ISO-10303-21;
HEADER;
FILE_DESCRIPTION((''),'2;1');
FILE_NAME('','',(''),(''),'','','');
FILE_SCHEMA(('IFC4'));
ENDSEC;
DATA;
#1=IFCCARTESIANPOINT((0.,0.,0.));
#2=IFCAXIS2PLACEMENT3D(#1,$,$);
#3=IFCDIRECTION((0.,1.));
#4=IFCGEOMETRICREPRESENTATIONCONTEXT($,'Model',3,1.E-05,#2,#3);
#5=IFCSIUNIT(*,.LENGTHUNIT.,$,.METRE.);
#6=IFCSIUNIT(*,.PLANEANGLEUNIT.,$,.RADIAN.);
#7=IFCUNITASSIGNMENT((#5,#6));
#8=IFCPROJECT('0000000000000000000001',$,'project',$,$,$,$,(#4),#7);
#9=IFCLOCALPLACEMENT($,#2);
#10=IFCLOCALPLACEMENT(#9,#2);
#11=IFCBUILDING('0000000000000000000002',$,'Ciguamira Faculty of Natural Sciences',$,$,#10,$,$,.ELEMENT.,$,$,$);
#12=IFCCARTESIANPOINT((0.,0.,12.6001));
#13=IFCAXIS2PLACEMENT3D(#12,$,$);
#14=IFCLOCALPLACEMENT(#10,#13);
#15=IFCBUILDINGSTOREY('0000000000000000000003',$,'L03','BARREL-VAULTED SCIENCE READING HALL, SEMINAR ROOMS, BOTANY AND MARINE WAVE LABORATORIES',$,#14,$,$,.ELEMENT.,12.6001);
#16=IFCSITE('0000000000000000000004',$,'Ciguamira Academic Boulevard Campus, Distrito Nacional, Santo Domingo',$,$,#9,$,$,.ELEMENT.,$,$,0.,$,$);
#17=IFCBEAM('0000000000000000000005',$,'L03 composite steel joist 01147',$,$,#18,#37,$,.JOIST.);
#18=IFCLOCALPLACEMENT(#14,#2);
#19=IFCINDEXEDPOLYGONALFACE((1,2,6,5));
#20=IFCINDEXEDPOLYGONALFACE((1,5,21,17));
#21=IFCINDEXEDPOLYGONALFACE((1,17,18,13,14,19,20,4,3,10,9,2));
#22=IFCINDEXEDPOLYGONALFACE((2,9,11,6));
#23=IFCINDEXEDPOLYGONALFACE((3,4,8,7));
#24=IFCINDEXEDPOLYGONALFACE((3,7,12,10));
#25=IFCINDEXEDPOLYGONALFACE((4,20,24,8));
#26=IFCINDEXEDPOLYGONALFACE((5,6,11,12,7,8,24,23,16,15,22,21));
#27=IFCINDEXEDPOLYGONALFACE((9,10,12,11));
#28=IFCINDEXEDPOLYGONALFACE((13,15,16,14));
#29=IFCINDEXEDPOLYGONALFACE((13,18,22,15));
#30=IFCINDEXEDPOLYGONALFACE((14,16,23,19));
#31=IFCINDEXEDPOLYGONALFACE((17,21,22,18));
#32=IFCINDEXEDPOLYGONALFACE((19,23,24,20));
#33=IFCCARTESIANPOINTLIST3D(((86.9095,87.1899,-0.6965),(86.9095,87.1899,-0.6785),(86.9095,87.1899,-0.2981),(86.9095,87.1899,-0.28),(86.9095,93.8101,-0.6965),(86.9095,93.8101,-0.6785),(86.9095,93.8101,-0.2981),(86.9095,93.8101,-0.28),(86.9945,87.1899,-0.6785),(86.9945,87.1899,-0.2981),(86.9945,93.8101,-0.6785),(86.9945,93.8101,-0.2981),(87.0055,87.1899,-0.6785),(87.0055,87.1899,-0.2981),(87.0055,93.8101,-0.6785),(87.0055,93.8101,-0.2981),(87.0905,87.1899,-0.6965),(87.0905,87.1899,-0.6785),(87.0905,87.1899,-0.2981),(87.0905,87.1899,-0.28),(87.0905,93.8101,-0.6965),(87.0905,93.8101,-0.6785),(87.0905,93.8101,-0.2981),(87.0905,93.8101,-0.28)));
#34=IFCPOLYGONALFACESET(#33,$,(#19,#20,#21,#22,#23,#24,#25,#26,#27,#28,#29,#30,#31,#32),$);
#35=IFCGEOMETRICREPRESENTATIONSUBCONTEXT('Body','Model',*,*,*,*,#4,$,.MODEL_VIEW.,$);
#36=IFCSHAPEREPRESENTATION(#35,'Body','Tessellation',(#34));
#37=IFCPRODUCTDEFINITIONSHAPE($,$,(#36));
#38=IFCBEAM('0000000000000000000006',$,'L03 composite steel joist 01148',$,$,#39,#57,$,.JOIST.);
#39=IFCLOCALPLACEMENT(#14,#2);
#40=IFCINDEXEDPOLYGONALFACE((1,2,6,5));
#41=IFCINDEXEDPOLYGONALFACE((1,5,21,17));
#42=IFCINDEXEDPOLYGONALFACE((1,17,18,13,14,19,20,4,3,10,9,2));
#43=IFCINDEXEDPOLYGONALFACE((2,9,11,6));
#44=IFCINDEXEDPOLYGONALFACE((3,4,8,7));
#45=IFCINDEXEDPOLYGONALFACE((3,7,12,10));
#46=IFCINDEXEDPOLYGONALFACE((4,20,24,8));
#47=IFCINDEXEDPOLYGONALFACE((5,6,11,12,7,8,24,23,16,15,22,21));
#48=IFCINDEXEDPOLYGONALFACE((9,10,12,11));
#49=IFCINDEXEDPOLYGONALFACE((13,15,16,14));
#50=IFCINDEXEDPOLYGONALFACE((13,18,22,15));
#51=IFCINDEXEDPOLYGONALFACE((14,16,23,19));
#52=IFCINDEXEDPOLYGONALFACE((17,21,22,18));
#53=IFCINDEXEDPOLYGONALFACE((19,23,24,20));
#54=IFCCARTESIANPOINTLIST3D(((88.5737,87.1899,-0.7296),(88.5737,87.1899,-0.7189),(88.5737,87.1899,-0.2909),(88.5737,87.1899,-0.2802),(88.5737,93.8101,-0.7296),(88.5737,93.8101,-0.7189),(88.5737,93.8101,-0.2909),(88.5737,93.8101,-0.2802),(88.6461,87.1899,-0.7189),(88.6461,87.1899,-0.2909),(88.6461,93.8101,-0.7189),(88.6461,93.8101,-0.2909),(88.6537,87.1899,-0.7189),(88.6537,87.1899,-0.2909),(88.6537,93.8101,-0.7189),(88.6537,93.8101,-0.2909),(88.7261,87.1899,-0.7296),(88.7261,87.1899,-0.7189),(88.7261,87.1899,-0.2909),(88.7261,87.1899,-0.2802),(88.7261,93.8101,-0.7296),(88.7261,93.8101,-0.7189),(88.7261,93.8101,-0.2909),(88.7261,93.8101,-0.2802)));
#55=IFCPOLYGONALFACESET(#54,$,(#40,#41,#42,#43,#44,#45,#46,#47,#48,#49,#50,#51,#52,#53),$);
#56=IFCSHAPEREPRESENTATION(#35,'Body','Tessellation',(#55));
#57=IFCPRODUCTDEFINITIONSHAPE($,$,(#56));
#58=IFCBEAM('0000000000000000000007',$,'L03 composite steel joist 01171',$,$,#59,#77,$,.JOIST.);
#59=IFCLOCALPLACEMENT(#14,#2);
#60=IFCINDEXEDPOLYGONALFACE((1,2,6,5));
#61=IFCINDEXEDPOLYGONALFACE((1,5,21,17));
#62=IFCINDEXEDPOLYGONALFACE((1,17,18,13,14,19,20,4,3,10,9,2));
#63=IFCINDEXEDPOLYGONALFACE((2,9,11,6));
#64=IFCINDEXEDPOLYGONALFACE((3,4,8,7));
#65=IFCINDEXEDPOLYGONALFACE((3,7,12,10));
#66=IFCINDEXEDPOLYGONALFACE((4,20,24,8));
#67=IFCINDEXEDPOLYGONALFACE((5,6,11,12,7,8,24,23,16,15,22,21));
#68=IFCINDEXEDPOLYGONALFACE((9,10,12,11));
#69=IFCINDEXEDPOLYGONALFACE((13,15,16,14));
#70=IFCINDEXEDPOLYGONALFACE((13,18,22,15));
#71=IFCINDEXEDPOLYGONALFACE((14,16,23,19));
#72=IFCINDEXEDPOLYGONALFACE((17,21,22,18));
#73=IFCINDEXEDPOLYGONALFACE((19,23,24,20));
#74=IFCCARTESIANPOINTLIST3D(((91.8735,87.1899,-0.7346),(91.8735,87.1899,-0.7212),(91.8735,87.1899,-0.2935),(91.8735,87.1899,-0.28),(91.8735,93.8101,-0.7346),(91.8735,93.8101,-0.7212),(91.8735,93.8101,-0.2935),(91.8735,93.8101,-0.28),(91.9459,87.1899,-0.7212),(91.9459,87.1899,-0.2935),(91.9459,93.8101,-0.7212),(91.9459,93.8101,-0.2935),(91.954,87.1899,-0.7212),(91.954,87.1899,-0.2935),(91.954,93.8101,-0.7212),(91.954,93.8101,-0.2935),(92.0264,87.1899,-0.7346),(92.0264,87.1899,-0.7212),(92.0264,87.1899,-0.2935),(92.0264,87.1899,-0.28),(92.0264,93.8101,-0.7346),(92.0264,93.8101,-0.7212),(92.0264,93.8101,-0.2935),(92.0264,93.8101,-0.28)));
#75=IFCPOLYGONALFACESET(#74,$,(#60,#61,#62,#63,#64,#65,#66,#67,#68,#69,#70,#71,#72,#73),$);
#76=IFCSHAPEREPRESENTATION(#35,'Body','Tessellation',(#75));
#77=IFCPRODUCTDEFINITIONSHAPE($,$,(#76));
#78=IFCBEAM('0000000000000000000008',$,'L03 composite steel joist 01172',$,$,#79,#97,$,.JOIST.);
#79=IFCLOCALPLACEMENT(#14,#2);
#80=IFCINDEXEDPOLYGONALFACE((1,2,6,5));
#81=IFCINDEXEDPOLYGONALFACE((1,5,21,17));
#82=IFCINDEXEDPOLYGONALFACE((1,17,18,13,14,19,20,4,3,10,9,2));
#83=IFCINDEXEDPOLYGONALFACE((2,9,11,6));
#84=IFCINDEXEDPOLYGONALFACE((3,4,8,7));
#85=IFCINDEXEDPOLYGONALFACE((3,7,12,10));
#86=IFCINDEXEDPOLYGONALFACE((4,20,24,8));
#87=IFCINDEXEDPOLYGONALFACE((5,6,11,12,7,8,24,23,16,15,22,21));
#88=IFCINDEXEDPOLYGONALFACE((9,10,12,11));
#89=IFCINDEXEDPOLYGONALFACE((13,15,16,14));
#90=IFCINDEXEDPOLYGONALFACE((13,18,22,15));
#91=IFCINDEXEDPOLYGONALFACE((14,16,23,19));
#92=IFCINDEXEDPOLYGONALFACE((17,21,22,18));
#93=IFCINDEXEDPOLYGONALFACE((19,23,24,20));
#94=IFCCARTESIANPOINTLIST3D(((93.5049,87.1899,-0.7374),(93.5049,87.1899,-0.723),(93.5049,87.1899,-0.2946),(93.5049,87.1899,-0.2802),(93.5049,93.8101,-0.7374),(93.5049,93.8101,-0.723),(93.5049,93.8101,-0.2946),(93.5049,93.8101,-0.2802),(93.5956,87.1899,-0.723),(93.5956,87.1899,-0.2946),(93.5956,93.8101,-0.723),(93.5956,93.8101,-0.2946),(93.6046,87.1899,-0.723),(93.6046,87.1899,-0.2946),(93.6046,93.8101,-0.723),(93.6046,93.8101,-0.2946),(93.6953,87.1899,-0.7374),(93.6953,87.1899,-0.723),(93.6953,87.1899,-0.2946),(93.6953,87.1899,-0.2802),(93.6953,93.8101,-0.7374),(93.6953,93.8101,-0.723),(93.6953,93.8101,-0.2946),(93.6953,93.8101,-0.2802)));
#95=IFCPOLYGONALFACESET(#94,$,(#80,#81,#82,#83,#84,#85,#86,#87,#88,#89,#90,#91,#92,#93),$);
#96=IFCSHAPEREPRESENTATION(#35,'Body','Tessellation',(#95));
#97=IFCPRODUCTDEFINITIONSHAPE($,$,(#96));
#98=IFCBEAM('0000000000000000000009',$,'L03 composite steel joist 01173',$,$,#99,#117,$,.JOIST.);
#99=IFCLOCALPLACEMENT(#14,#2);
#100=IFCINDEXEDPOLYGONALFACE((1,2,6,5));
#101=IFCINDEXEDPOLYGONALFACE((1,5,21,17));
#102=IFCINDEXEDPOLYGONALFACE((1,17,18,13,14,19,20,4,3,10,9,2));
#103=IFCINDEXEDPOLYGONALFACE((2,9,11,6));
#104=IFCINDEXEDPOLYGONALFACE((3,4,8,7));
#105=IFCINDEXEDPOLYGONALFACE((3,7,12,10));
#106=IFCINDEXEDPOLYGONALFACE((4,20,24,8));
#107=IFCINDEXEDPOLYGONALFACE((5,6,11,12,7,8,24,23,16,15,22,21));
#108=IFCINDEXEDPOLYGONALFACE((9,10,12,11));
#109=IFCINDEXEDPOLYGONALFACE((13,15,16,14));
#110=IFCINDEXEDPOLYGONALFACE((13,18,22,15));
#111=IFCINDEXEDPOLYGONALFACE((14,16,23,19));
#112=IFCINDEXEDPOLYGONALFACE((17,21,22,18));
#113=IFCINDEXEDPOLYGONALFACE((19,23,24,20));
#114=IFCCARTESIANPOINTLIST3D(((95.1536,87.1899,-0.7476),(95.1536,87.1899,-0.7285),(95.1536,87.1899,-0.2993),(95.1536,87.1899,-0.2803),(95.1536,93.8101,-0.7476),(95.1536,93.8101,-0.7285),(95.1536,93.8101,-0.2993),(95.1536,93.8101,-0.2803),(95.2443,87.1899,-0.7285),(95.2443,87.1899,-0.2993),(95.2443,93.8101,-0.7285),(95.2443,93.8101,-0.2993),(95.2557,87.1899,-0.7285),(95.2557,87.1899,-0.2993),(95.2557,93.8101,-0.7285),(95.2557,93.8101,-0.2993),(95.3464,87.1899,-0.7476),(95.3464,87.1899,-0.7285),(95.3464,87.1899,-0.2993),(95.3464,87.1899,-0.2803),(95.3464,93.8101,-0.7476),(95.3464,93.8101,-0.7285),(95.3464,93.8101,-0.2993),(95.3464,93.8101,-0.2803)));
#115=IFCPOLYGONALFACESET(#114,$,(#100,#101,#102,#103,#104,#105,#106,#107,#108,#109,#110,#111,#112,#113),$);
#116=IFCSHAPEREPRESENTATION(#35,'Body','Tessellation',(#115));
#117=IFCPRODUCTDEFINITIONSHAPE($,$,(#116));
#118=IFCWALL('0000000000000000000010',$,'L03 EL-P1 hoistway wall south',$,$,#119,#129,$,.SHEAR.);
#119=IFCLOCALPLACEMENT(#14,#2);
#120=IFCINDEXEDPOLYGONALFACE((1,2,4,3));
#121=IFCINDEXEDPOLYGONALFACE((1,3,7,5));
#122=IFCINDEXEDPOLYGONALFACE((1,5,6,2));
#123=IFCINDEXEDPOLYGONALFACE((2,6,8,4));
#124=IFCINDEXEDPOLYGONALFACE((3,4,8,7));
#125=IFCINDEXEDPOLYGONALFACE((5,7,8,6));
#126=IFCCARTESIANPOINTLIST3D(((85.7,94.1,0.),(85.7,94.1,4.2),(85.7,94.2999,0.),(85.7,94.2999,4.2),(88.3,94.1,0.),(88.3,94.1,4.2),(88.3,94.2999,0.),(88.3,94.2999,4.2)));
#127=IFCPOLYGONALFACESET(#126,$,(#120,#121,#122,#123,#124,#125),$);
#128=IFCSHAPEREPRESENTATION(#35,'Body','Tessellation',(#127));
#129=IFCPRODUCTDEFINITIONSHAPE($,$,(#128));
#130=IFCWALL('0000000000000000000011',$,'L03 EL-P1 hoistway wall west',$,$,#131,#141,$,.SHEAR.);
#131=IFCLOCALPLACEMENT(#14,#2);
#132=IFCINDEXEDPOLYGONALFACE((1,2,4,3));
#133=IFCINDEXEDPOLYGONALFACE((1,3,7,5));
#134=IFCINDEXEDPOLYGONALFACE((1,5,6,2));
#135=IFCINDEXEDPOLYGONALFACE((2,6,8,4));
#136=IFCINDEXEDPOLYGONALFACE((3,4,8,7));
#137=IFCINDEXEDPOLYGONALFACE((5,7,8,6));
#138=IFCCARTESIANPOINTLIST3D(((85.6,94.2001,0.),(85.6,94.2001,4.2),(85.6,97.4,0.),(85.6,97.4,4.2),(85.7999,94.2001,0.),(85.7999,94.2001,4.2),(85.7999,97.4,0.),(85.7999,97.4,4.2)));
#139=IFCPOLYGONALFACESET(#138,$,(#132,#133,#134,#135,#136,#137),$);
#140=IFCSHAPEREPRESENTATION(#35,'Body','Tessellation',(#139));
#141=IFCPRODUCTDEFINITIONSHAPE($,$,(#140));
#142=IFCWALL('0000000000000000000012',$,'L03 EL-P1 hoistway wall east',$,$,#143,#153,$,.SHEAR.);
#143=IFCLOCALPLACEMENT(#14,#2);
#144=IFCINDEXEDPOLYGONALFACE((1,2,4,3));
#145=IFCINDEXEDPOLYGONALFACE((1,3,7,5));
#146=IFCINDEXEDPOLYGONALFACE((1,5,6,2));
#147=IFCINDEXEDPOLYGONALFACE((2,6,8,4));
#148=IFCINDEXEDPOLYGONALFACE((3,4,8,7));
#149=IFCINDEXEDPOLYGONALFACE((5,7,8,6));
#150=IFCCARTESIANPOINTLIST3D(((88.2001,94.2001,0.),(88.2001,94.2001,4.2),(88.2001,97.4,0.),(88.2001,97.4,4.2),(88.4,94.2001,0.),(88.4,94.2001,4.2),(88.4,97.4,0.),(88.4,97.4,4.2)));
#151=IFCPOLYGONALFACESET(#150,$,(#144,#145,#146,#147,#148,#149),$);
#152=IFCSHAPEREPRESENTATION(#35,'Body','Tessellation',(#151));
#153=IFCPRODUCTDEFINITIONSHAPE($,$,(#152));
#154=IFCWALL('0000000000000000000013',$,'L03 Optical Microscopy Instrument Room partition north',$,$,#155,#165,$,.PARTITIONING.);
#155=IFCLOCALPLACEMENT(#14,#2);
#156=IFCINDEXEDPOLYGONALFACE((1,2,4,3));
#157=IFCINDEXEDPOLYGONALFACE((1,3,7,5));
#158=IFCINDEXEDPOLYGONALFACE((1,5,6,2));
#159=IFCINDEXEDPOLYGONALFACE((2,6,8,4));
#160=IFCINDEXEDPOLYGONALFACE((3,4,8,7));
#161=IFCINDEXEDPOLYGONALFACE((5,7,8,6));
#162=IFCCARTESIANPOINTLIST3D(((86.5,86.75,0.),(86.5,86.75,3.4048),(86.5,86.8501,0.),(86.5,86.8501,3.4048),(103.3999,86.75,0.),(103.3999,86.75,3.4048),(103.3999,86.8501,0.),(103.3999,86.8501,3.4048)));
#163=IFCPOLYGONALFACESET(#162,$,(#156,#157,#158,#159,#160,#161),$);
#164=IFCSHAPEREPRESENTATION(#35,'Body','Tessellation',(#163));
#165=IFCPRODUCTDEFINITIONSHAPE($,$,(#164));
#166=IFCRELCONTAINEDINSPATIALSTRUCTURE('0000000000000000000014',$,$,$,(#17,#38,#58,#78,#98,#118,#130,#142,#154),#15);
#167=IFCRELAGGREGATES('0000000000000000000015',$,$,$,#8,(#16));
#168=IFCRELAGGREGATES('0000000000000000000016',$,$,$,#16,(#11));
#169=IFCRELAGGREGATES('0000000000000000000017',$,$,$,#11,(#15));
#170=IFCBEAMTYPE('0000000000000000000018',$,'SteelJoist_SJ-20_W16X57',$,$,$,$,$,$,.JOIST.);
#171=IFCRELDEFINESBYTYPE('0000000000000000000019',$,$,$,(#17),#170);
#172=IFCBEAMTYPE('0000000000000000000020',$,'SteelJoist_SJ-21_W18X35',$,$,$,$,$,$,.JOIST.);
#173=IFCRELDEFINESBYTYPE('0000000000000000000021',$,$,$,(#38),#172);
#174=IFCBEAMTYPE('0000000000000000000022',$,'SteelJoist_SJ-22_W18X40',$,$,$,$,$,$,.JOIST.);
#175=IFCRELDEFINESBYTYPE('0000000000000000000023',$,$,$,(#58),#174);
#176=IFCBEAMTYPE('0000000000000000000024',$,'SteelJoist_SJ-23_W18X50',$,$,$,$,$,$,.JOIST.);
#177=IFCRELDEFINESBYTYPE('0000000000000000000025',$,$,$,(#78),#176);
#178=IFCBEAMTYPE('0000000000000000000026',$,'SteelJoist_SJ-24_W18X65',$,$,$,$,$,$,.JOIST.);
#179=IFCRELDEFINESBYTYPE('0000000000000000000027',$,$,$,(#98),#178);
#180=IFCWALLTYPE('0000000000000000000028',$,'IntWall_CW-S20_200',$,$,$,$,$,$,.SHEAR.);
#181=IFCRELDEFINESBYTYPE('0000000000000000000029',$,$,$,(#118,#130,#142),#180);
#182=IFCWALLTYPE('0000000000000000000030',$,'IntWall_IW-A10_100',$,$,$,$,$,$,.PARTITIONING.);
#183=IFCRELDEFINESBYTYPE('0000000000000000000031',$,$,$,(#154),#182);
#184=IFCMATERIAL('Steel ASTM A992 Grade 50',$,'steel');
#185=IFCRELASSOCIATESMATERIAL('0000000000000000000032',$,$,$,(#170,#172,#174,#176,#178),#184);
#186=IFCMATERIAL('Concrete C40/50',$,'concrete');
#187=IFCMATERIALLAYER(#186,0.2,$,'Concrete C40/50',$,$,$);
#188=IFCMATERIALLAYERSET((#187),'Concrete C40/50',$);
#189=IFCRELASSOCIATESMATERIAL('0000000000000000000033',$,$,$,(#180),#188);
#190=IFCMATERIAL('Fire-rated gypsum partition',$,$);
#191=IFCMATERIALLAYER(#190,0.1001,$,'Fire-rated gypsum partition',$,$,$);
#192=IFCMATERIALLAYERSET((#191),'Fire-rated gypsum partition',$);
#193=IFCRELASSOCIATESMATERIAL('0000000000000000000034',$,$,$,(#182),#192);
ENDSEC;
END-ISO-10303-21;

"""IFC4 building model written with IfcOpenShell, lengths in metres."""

from ifc_helpers import new_model, si_unit, direction, frame, frame_2d, origin, origin_2d, place, context, subcontext, project, spatial, rectangle, i_section, extrude, material, layer, layer_set, material_profile, profile_set, type_object, element, save


model = new_model("IFC4")

# Units and contexts
model_context = context("Model", 3, precision=1e-05, world=origin(), true_north=direction((0.0, 1.0)))
body_context = subcontext(model_context, "Body", "Model", "MODEL_VIEW")
ifc_project = project(units=[si_unit("LENGTHUNIT", "METRE"), si_unit("PLANEANGLEUNIT", "RADIAN")], contexts=[model_context])

# Site, building, storey
site_placement = place(None, origin())
site = spatial("IfcSite", under=ifc_project, at=site_placement, Name="Ciguamira Academic Boulevard Campus, Distrito Nacional, Santo Domingo", CompositionType="ELEMENT", RefElevation=0.0)
building_placement = place(site_placement, origin())
building = spatial("IfcBuilding", under=site, at=building_placement, Name="Ciguamira Faculty of Natural Sciences", CompositionType="ELEMENT")
storey_placement = place(building_placement, frame((0.0, 0.0, 12.6001)))
storey = spatial("IfcBuildingStorey", under=building, at=storey_placement, Name="L03", Description="BARREL-VAULTED SCIENCE READING HALL, SEMINAR ROOMS, BOTANY AND MARINE WAVE LABORATORIES", CompositionType="ELEMENT", Elevation=12.6001)

# Shared definitions
ifc_material_1 = material(Name="Concrete C40/50", Category="concrete")

# Beams
ifc_material_2 = material(Name="Steel ASTM A992 Grade 50", Category="steel")
ifc_material_profile_1 = material_profile(ifc_material_2, i_section(OverallWidth=0.1809, OverallDepth=0.4165, WebThickness=0.011, FlangeThickness=0.0181, at=origin_2d()), Name="W16X57")
ifc_profile_set_1 = profile_set([ifc_material_profile_1], Name="Steel ASTM A992 Grade 50")
beam_type_1 = type_object("IfcBeamType", Name="SteelJoist_SJ-20_W16X57", PredefinedType="JOIST", material=ifc_profile_set_1)
beam_1_placement = place(storey_placement, frame((87.0, 87.1899, -0.4883), z_axis=(0.0, 1.0, 0.0), x_axis=(-1.0, 0.0, 0.0)))
element("IfcBeam", 1, at=beam_1_placement, inside=storey, type_object=beam_type_1, Name="L03 composite steel joist 01147", PredefinedType="JOIST", context=body_context, shape_type="SweptSolid", body=[
    extrude(i_section(OverallWidth=0.1809, OverallDepth=0.4165, WebThickness=0.011, FlangeThickness=0.0181, at=origin_2d()), origin(), (0.0, 0.0, 1.0), 6.6201),
])
ifc_material_profile_2 = material_profile(ifc_material_2, i_section(OverallWidth=0.1523, OverallDepth=0.4495, WebThickness=0.0076, FlangeThickness=0.0107, at=origin_2d()), Name="W18X35")
ifc_profile_set_2 = profile_set([ifc_material_profile_2], Name="Steel ASTM A992 Grade 50")
beam_type_2 = type_object("IfcBeamType", Name="SteelJoist_SJ-21_W18X35", PredefinedType="JOIST", material=ifc_profile_set_2)
beam_2_placement = place(storey_placement, frame((88.6499, 87.1899, -0.5049), z_axis=(0.0, 1.0, 0.0), x_axis=(-1.0, 0.0, 0.0)))
element("IfcBeam", 2, at=beam_2_placement, inside=storey, type_object=beam_type_2, Name="L03 composite steel joist 01148", PredefinedType="JOIST", context=body_context, shape_type="SweptSolid", body=[
    extrude(i_section(OverallWidth=0.1523, OverallDepth=0.4495, WebThickness=0.0076, FlangeThickness=0.0107, at=origin_2d()), origin(), (0.0, 0.0, 1.0), 6.6201),
])
ifc_material_profile_3 = material_profile(ifc_material_2, i_section(OverallWidth=0.1528, OverallDepth=0.4546, WebThickness=0.0081, FlangeThickness=0.0134, at=origin_2d()), Name="W18X40")
ifc_profile_set_3 = profile_set([ifc_material_profile_3], Name="Steel ASTM A992 Grade 50")
beam_type_3 = type_object("IfcBeamType", Name="SteelJoist_SJ-22_W18X40", PredefinedType="JOIST", material=ifc_profile_set_3)
beam_3_placement = place(storey_placement, frame((91.95, 87.1899, -0.5073), z_axis=(0.0, 1.0, 0.0), x_axis=(-1.0, 0.0, 0.0)))
element("IfcBeam", 3, at=beam_3_placement, inside=storey, type_object=beam_type_3, Name="L03 composite steel joist 01171", PredefinedType="JOIST", context=body_context, shape_type="SweptSolid", body=[
    extrude(i_section(OverallWidth=0.1528, OverallDepth=0.4546, WebThickness=0.0081, FlangeThickness=0.0134, at=origin_2d()), origin(), (0.0, 0.0, 1.0), 6.6201),
])
ifc_material_profile_4 = material_profile(ifc_material_2, i_section(OverallWidth=0.1904, OverallDepth=0.4573, WebThickness=0.009, FlangeThickness=0.0144, at=origin_2d()), Name="W18X50")
ifc_profile_set_4 = profile_set([ifc_material_profile_4], Name="Steel ASTM A992 Grade 50")
beam_type_4 = type_object("IfcBeamType", Name="SteelJoist_SJ-23_W18X50", PredefinedType="JOIST", material=ifc_profile_set_4)
beam_4_placement = place(storey_placement, frame((93.6001, 87.1899, -0.5088), z_axis=(0.0, 1.0, 0.0), x_axis=(-1.0, 0.0, 0.0)))
element("IfcBeam", 4, at=beam_4_placement, inside=storey, type_object=beam_type_4, Name="L03 composite steel joist 01172", PredefinedType="JOIST", context=body_context, shape_type="SweptSolid", body=[
    extrude(i_section(OverallWidth=0.1904, OverallDepth=0.4573, WebThickness=0.009, FlangeThickness=0.0144, at=origin_2d()), origin(), (0.0, 0.0, 1.0), 6.6201),
])
ifc_material_profile_5 = material_profile(ifc_material_2, i_section(OverallWidth=0.1929, OverallDepth=0.4673, WebThickness=0.0115, FlangeThickness=0.019, at=origin_2d()), Name="W18X65")
ifc_profile_set_5 = profile_set([ifc_material_profile_5], Name="Steel ASTM A992 Grade 50")
beam_type_5 = type_object("IfcBeamType", Name="SteelJoist_SJ-24_W18X65", PredefinedType="JOIST", material=ifc_profile_set_5)
beam_5_placement = place(storey_placement, frame((95.25, 87.1899, -0.5139), z_axis=(0.0, 1.0, 0.0), x_axis=(-1.0, 0.0, 0.0)))
element("IfcBeam", 5, at=beam_5_placement, inside=storey, type_object=beam_type_5, Name="L03 composite steel joist 01173", PredefinedType="JOIST", context=body_context, shape_type="SweptSolid", body=[
    extrude(i_section(OverallWidth=0.1929, OverallDepth=0.4673, WebThickness=0.0115, FlangeThickness=0.019, at=origin_2d()), origin(), (0.0, 0.0, 1.0), 6.6201),
])

# Walls
ifc_layer_1 = layer(ifc_material_1, 0.2, Name="Concrete C40/50")
ifc_layer_set_1 = layer_set([ifc_layer_1], Name="Concrete C40/50")
wall_type_1 = type_object("IfcWallType", Name="IntWall_CW-S20_200", PredefinedType="SHEAR", material=ifc_layer_set_1)
wall_1_placement = place(storey_placement, frame((85.7, 94.2, 0.0), z_axis=(0.0, 0.0, 1.0), x_axis=(1.0, 0.0, 0.0)))
element("IfcWall", 6, at=wall_1_placement, inside=storey, type_object=wall_type_1, Name="L03 EL-P1 hoistway wall south", PredefinedType="SHEAR", context=body_context, shape_type="SweptSolid", body=[
    extrude(rectangle(XDim=2.6001, YDim=0.2, at=frame_2d((1.3, 0.0))), origin(), (0.0, 0.0, 1.0), 4.2),
])
for number, where, z_axis, x_axis, name in (
    (7, (85.7, 94.2, 0.0), (0.0, 0.0, 1.0), (0.0, 1.0, 0.0), "L03 EL-P1 hoistway wall west"),
    (8, (88.3, 94.2, 0.0), (0.0, 0.0, 1.0), (0.0, 1.0, 0.0), "L03 EL-P1 hoistway wall east"),
):
    element("IfcWall", number, at=place(storey_placement, frame(where, z_axis=z_axis, x_axis=x_axis)), inside=storey, type_object=wall_type_1, Name=name, PredefinedType="SHEAR", context=body_context, shape_type="SweptSolid", body=[
        extrude(rectangle(XDim=3.2, YDim=0.2, at=frame_2d((1.6001, 0.0))), origin(), (0.0, 0.0, 1.0), 4.2),
    ])
ifc_material_3 = material(Name="Fire-rated gypsum partition")
ifc_layer_2 = layer(ifc_material_3, 0.1001, Name="Fire-rated gypsum partition")
ifc_layer_set_2 = layer_set([ifc_layer_2], Name="Fire-rated gypsum partition")
wall_type_2 = type_object("IfcWallType", Name="IntWall_IW-A10_100", PredefinedType="PARTITIONING", material=ifc_layer_set_2)
wall_2_placement = place(storey_placement, frame((86.5, 86.8, 0.0), z_axis=(0.0, 0.0, 1.0), x_axis=(1.0, 0.0, 0.0)))
element("IfcWall", 9, at=wall_2_placement, inside=storey, type_object=wall_type_2, Name="L03 Optical Microscopy Instrument Room partition north", PredefinedType="PARTITIONING", context=body_context, shape_type="SweptSolid", body=[
    extrude(rectangle(XDim=16.8999, YDim=0.1001, at=frame_2d((8.45, 0.0))), origin(), (0.0, 0.0, 1.0), 3.4048),
])

save(model, "model.ifc")
